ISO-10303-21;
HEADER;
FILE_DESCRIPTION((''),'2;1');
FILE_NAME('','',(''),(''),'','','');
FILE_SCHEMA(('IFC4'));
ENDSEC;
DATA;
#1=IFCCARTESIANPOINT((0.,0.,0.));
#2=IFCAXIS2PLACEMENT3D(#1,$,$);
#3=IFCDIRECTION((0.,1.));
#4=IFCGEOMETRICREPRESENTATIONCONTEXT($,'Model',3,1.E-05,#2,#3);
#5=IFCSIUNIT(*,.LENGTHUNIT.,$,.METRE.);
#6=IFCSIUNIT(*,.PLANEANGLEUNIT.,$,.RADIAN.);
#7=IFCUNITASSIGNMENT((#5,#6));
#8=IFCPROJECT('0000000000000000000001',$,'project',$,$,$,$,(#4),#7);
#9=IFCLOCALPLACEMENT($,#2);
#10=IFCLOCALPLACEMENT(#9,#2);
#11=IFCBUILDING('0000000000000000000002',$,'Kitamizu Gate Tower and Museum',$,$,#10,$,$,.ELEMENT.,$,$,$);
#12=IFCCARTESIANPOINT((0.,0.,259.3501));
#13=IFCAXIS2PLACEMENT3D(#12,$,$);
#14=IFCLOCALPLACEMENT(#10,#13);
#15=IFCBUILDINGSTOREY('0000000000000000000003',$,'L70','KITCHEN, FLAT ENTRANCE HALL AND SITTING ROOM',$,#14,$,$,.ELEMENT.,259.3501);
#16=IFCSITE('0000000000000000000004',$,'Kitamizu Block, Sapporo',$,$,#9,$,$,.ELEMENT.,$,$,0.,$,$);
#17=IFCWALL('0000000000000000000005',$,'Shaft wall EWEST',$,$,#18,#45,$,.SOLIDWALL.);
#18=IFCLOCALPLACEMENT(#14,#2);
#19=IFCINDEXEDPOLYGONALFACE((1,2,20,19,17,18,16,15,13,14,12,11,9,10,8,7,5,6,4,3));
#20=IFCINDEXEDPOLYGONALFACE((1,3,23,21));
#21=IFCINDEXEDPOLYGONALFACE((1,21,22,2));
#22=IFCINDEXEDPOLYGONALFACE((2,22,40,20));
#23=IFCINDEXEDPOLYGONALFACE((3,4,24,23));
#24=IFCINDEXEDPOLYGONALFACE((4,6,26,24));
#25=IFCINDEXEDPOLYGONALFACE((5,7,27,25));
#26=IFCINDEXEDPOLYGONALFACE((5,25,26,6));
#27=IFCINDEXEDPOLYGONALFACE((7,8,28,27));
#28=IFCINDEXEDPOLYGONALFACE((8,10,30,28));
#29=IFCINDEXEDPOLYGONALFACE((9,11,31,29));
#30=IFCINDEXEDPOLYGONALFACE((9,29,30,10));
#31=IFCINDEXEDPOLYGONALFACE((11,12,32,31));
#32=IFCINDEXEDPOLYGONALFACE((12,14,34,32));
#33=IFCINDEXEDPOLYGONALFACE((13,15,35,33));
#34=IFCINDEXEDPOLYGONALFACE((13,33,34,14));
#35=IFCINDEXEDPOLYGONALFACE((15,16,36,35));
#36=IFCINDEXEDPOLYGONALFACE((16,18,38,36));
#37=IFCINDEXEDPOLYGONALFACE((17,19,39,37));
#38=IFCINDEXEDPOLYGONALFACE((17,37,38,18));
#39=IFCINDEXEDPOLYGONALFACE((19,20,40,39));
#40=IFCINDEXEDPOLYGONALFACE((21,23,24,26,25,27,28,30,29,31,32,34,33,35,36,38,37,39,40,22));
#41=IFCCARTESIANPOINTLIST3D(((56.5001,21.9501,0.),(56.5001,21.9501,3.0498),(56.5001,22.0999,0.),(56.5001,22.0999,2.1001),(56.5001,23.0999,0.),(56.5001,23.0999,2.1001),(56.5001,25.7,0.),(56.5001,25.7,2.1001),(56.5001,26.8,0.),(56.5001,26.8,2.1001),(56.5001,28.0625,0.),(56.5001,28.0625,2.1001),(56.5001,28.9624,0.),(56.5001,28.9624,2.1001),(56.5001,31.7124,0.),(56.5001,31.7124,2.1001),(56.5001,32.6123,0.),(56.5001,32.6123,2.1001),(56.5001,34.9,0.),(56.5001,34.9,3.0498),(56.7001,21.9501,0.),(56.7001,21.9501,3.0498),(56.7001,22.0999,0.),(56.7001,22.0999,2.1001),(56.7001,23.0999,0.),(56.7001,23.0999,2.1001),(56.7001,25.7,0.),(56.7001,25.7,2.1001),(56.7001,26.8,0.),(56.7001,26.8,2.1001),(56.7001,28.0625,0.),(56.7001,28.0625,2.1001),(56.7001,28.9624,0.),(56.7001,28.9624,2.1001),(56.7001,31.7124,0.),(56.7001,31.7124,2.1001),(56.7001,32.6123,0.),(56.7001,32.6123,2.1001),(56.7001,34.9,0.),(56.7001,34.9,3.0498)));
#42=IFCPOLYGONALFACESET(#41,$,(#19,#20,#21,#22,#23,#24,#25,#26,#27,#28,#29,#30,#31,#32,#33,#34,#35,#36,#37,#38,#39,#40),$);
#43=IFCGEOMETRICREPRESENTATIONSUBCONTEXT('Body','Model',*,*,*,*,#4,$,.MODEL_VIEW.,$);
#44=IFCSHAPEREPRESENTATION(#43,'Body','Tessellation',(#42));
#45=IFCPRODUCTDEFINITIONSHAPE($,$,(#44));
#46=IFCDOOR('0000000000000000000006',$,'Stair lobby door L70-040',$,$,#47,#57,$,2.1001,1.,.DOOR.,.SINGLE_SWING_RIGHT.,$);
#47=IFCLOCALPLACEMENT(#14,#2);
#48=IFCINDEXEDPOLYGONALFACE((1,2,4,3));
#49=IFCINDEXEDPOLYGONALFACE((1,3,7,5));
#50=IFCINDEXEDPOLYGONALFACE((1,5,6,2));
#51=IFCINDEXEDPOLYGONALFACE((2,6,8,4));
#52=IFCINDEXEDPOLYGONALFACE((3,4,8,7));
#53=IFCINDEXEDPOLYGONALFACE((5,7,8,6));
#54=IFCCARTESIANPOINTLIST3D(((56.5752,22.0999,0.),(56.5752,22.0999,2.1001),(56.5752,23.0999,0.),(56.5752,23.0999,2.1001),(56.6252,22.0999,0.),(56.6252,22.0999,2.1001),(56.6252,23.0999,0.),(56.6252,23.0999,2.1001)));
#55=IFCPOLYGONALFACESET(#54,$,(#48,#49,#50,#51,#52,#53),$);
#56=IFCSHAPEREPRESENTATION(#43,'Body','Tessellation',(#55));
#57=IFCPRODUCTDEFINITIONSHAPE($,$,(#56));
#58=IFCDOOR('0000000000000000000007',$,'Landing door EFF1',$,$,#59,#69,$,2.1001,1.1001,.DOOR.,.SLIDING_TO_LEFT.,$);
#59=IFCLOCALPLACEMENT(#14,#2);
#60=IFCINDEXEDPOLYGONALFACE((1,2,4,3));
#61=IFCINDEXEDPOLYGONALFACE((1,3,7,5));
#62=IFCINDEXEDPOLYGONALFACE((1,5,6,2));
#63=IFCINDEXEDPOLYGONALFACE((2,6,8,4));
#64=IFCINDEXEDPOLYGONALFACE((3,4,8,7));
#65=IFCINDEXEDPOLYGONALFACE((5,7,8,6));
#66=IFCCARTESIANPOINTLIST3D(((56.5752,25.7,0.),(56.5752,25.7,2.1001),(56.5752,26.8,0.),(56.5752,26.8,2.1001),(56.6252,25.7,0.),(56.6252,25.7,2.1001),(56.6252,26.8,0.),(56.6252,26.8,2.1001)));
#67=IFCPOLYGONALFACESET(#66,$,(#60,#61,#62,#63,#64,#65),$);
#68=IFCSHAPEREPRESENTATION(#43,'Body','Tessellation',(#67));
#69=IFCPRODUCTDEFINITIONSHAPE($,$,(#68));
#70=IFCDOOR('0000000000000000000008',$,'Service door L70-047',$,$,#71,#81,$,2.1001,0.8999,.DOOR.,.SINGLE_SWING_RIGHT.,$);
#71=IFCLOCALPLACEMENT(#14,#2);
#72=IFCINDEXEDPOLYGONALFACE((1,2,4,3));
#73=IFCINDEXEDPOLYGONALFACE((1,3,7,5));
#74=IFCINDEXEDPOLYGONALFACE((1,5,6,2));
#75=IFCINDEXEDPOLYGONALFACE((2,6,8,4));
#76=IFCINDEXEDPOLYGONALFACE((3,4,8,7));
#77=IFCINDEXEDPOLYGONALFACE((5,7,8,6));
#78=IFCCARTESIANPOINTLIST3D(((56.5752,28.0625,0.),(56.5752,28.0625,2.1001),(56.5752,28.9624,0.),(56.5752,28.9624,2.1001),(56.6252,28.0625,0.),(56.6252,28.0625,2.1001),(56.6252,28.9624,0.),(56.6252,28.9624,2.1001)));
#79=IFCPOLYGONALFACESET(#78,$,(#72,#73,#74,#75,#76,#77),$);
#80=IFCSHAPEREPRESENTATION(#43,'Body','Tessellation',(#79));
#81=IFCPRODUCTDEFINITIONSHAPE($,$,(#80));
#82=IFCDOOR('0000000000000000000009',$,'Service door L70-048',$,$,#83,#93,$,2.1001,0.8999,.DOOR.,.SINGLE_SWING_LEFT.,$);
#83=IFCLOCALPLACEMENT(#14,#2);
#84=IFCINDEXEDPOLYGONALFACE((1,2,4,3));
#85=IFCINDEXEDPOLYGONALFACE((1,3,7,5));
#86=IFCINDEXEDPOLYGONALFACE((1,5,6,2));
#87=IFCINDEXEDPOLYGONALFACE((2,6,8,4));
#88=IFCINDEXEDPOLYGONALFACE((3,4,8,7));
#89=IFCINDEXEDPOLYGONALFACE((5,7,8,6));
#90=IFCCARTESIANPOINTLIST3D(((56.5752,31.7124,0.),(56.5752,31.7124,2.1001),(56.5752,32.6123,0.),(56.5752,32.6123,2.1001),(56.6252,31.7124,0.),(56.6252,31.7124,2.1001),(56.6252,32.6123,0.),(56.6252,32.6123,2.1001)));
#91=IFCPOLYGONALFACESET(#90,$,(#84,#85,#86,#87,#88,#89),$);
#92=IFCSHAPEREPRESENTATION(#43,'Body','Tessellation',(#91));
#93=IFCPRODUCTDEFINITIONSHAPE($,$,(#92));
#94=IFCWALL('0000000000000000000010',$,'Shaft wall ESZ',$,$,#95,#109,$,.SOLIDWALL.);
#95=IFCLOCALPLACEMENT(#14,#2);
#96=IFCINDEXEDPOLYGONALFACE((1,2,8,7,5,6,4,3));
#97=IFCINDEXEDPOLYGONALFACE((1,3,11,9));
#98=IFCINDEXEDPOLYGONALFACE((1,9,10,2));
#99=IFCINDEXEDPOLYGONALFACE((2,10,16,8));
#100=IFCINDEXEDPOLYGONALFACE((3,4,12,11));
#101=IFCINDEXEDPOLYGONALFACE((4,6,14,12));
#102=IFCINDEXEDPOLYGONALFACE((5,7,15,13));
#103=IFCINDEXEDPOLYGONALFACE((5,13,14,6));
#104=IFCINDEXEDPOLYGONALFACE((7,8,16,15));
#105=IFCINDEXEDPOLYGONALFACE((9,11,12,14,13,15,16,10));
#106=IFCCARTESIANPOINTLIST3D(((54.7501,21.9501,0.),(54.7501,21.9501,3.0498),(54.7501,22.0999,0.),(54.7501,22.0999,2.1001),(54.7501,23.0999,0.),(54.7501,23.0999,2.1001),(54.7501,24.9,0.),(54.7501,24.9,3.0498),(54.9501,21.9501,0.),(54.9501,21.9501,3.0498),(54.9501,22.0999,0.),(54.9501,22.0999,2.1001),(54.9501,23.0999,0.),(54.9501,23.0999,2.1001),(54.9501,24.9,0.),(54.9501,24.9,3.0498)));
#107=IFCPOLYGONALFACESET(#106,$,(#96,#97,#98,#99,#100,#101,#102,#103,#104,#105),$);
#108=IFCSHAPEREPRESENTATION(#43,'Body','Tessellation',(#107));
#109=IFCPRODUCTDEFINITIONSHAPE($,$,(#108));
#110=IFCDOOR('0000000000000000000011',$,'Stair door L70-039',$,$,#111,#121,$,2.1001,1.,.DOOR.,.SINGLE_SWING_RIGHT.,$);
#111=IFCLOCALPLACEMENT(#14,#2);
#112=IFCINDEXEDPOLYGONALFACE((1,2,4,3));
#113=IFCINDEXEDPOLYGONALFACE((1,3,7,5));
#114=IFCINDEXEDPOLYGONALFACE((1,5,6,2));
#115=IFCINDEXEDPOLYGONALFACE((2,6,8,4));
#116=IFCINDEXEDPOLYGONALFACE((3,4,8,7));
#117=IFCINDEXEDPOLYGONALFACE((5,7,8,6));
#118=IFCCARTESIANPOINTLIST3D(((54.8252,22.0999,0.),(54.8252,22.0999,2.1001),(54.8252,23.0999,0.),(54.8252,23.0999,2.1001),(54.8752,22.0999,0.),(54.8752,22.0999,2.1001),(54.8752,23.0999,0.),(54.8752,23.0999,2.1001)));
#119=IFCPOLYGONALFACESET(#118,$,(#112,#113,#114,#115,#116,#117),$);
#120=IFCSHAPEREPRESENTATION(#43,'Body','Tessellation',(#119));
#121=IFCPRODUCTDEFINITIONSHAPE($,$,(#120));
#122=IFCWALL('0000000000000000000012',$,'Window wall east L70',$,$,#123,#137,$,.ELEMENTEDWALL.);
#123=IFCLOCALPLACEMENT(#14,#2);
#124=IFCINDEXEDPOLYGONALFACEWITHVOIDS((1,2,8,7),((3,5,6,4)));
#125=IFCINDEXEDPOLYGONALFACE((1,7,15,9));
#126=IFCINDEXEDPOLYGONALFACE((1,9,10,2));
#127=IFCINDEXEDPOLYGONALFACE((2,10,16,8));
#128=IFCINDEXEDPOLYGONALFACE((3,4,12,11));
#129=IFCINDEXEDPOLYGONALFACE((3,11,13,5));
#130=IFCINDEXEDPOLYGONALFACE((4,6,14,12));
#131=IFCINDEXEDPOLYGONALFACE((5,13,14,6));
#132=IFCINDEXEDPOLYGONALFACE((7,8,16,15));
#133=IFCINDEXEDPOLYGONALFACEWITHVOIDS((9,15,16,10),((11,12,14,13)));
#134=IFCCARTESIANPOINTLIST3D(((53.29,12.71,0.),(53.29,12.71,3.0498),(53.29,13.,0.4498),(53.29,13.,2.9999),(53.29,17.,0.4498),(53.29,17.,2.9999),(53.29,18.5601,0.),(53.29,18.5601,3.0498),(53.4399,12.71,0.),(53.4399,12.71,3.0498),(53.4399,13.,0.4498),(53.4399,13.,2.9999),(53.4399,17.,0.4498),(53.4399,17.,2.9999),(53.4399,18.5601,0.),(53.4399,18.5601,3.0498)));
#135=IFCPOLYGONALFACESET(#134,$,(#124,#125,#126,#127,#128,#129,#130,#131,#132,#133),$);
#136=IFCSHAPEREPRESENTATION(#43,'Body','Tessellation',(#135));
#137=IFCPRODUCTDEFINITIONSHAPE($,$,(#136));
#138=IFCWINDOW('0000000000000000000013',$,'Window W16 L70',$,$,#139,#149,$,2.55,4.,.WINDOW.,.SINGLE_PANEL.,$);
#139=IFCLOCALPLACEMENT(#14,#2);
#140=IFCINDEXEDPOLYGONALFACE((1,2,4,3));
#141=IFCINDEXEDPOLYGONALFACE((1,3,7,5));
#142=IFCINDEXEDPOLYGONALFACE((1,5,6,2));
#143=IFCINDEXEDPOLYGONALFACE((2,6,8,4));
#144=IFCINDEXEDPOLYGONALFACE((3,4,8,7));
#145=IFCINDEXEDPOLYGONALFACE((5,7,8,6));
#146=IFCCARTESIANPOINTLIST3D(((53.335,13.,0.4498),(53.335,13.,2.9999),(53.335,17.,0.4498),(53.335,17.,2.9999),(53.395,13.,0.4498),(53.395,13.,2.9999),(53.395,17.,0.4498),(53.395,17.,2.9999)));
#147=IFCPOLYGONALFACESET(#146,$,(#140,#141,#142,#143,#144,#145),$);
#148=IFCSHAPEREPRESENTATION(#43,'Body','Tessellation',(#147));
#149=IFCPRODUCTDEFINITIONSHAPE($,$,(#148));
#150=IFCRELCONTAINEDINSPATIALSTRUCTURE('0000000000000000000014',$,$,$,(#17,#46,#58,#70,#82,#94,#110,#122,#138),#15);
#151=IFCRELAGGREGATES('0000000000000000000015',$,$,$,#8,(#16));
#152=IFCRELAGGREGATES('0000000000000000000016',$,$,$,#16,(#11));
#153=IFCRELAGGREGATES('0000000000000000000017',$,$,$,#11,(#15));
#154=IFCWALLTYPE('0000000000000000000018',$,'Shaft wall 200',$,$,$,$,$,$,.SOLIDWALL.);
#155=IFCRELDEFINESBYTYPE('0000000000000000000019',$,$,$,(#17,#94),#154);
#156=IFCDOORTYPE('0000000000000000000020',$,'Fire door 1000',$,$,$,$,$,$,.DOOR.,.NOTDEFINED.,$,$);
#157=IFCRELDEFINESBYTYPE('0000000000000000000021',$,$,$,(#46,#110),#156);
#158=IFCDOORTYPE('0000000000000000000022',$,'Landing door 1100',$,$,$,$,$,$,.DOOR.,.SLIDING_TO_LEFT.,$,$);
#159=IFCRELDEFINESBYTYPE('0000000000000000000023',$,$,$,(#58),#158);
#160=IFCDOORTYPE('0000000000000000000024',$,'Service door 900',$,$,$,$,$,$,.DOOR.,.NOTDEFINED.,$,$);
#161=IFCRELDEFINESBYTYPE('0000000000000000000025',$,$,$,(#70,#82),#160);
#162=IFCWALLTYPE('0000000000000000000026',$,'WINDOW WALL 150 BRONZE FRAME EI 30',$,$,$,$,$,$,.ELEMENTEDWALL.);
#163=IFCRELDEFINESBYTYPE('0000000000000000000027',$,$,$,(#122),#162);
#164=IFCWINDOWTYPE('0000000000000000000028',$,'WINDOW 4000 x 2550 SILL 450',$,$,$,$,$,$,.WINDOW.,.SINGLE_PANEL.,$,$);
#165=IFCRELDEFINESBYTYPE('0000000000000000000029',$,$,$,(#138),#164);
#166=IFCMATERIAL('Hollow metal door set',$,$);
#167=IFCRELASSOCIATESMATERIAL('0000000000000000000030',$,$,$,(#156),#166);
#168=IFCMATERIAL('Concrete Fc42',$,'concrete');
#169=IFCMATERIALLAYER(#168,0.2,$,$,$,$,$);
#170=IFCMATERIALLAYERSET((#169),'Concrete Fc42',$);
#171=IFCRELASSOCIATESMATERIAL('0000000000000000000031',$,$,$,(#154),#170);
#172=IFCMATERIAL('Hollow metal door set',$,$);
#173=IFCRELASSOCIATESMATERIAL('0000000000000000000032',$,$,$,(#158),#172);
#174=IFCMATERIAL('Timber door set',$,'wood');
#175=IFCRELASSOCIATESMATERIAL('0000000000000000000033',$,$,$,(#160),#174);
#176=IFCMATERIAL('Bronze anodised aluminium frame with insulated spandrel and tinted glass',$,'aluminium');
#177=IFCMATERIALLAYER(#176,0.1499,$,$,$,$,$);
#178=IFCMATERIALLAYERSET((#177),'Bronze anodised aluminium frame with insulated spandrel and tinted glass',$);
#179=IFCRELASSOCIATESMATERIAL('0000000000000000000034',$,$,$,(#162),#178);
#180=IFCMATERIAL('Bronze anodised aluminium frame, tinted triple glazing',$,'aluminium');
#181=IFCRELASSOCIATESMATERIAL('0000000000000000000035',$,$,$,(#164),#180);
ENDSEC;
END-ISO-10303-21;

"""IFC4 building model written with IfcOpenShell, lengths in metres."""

from ifc_helpers import new_model, si_unit, direction, frame, frame_2d, origin, place, context, subcontext, project, spatial, rectangle, extrude, material, layer, layer_set, type_object, element, fill, save


model = new_model("IFC4")

# Units and contexts
model_context = context("Model", 3, precision=1e-05, world=origin(), true_north=direction((0.0, 1.0)))
body_context = subcontext(model_context, "Body", "Model", "MODEL_VIEW")
ifc_project = project(units=[si_unit("LENGTHUNIT", "METRE"), si_unit("PLANEANGLEUNIT", "RADIAN")], contexts=[model_context])

# Site, building, storey
site_placement = place(None, origin())
site = spatial("IfcSite", under=ifc_project, at=site_placement, Name="Kitamizu Block, Sapporo", CompositionType="ELEMENT", RefElevation=0.0)
building_placement = place(site_placement, origin())
building = spatial("IfcBuilding", under=site, at=building_placement, Name="Kitamizu Gate Tower and Museum", CompositionType="ELEMENT")
storey_placement = place(building_placement, frame((0.0, 0.0, 259.3501)))
storey = spatial("IfcBuildingStorey", under=building, at=storey_placement, Name="L70", Description="KITCHEN, FLAT ENTRANCE HALL AND SITTING ROOM", CompositionType="ELEMENT", Elevation=259.3501)

# Shared definitions
ifc_material_1 = material(Name="Hollow metal door set")
door_type_1 = type_object("IfcDoorType", Name="Fire door 1000", OperationType="NOTDEFINED", PredefinedType="DOOR", material=ifc_material_1)

# Wall, openings, doors
ifc_material_2 = material(Name="Concrete Fc42", Category="concrete")
ifc_layer_1 = layer(ifc_material_2, 0.2)
ifc_layer_set_1 = layer_set([ifc_layer_1], Name="Concrete Fc42")
wall_type_1 = type_object("IfcWallType", Name="Shaft wall 200", PredefinedType="SOLIDWALL", material=ifc_layer_set_1)
wall_1_placement = place(storey_placement, frame((56.6001, 21.95, 0.0), z_axis=(0.0, 0.0, 1.0), x_axis=(0.0, 1.0, 0.0)))
wall_1 = element("IfcWall", 1, at=wall_1_placement, inside=storey, type_object=wall_type_1, Name="Shaft wall EWEST", PredefinedType="SOLIDWALL", context=body_context, shape_type="SweptSolid", body=[
    extrude(rectangle(XDim=12.95, YDim=0.2, at=frame_2d((6.4751, 0.0))), origin(), (0.0, 0.0, 1.0), 3.0498),
])
opening_1_placement = place(wall_1_placement, frame((3.75, 0.0, 0.0)))
opening_1 = element("IfcOpeningElement", 2, at=opening_1_placement, cuts=wall_1, PredefinedType="OPENING", context=body_context, shape_type="SweptSolid", body=[
    extrude(rectangle(XDim=1.1001, YDim=2.1001, at=frame_2d((0.55, 1.05))), frame((0.0, 0.1099, 0.0), z_axis=(0.0, -1.0, 0.0), x_axis=(1.0, 0.0, 0.0)), (0.0, 0.0, 1.0), 0.22),
])
opening_2_placement = place(wall_1_placement, frame((0.1499, 0.0, 0.0)))
opening_2 = element("IfcOpeningElement", 3, at=opening_2_placement, cuts=wall_1, PredefinedType="OPENING", context=body_context, shape_type="SweptSolid", body=[
    extrude(rectangle(XDim=1.0, YDim=2.1001, at=frame_2d((0.5, 1.05))), frame((0.0, 0.1099, 0.0), z_axis=(0.0, -1.0, 0.0), x_axis=(1.0, 0.0, 0.0)), (0.0, 0.0, 1.0), 0.22),
])
opening_3_placement = place(wall_1_placement, frame((6.1125, 0.0, 0.0)))
opening_3 = element("IfcOpeningElement", 4, at=opening_3_placement, cuts=wall_1, PredefinedType="OPENING", context=body_context, shape_type="SweptSolid", body=[
    extrude(rectangle(XDim=0.8999, YDim=2.1001, at=frame_2d((0.45, 1.05))), frame((0.0, 0.1099, 0.0), z_axis=(0.0, -1.0, 0.0), x_axis=(1.0, 0.0, 0.0)), (0.0, 0.0, 1.0), 0.22),
])
opening_4_placement = place(wall_1_placement, frame((9.7625, 0.0, 0.0)))
opening_4 = element("IfcOpeningElement", 5, at=opening_4_placement, cuts=wall_1, PredefinedType="OPENING", context=body_context, shape_type="SweptSolid", body=[
    extrude(rectangle(XDim=0.8999, YDim=2.1001, at=frame_2d((0.45, 1.05))), frame((0.0, 0.1099, 0.0), z_axis=(0.0, -1.0, 0.0), x_axis=(1.0, 0.0, 0.0)), (0.0, 0.0, 1.0), 0.22),
])
door_1_placement = place(opening_2_placement, origin())
door_1 = element("IfcDoor", 6, at=door_1_placement, inside=storey, type_object=door_type_1, Name="Stair lobby door L70-040", OperationType="SINGLE_SWING_RIGHT", OverallHeight=2.1001, OverallWidth=1.0, PredefinedType="DOOR", context=body_context, shape_type="SweptSolid", body=[
    extrude(rectangle(XDim=1.0, YDim=2.1001, at=frame_2d((0.5, 1.05))), frame((0.0, 0.0249, 0.0), z_axis=(0.0, -1.0, 0.0), x_axis=(1.0, 0.0, 0.0)), (0.0, 0.0, 1.0), 0.05),
])
fill(opening_2, door_1)
ifc_material_3 = material(Name="Hollow metal door set")
door_type_2 = type_object("IfcDoorType", Name="Landing door 1100", OperationType="SLIDING_TO_LEFT", PredefinedType="DOOR", material=ifc_material_3)
door_2_placement = place(opening_1_placement, origin())
door_2 = element("IfcDoor", 7, at=door_2_placement, inside=storey, type_object=door_type_2, Name="Landing door EFF1", OperationType="SLIDING_TO_LEFT", OverallHeight=2.1001, OverallWidth=1.1001, PredefinedType="DOOR", context=body_context, shape_type="SweptSolid", body=[
    extrude(rectangle(XDim=1.1001, YDim=2.1001, at=frame_2d((0.55, 1.05))), frame((0.0, 0.0249, 0.0), z_axis=(0.0, -1.0, 0.0), x_axis=(1.0, 0.0, 0.0)), (0.0, 0.0, 1.0), 0.05),
])
fill(opening_1, door_2)
ifc_material_4 = material(Name="Timber door set", Category="wood")
door_type_3 = type_object("IfcDoorType", Name="Service door 900", OperationType="NOTDEFINED", PredefinedType="DOOR", material=ifc_material_4)
door_3_placement = place(opening_3_placement, origin())
door_3 = element("IfcDoor", 8, at=door_3_placement, inside=storey, type_object=door_type_3, Name="Service door L70-047", OperationType="SINGLE_SWING_RIGHT", OverallHeight=2.1001, OverallWidth=0.8999, PredefinedType="DOOR", context=body_context, shape_type="SweptSolid", body=[
    extrude(rectangle(XDim=0.8999, YDim=2.1001, at=frame_2d((0.45, 1.05))), frame((0.0, 0.0249, 0.0), z_axis=(0.0, -1.0, 0.0), x_axis=(1.0, 0.0, 0.0)), (0.0, 0.0, 1.0), 0.05),
])
fill(opening_3, door_3)
door_4_placement = place(opening_4_placement, origin())
door_4 = element("IfcDoor", 9, at=door_4_placement, inside=storey, type_object=door_type_3, Name="Service door L70-048", OperationType="SINGLE_SWING_LEFT", OverallHeight=2.1001, OverallWidth=0.8999, PredefinedType="DOOR", context=body_context, shape_type="SweptSolid", body=[
    extrude(rectangle(XDim=0.8999, YDim=2.1001, at=frame_2d((0.45, 1.05))), frame((0.0, 0.0249, 0.0), z_axis=(0.0, -1.0, 0.0), x_axis=(1.0, 0.0, 0.0)), (0.0, 0.0, 1.0), 0.05),
])
fill(opening_4, door_4)

# Wall, opening, door
wall_2_placement = place(storey_placement, frame((54.8501, 21.95, 0.0), z_axis=(0.0, 0.0, 1.0), x_axis=(0.0, 1.0, 0.0)))
wall_2 = element("IfcWall", 10, at=wall_2_placement, inside=storey, type_object=wall_type_1, Name="Shaft wall ESZ", PredefinedType="SOLIDWALL", context=body_context, shape_type="SweptSolid", body=[
    extrude(rectangle(XDim=2.95, YDim=0.2, at=frame_2d((1.4751, 0.0))), origin(), (0.0, 0.0, 1.0), 3.0498),
])
opening_5_placement = place(wall_2_placement, frame((0.1499, 0.0, 0.0)))
opening_5 = element("IfcOpeningElement", 11, at=opening_5_placement, cuts=wall_2, PredefinedType="OPENING", context=body_context, shape_type="SweptSolid", body=[
    extrude(rectangle(XDim=1.0, YDim=2.1001, at=frame_2d((0.5, 1.05))), frame((0.0, 0.1099, 0.0), z_axis=(0.0, -1.0, 0.0), x_axis=(1.0, 0.0, 0.0)), (0.0, 0.0, 1.0), 0.22),
])
door_5_placement = place(opening_5_placement, origin())
door_5 = element("IfcDoor", 12, at=door_5_placement, inside=storey, type_object=door_type_1, Name="Stair door L70-039", OperationType="SINGLE_SWING_RIGHT", OverallHeight=2.1001, OverallWidth=1.0, PredefinedType="DOOR", context=body_context, shape_type="SweptSolid", body=[
    extrude(rectangle(XDim=1.0, YDim=2.1001, at=frame_2d((0.5, 1.05))), frame((0.0, 0.0249, 0.0), z_axis=(0.0, -1.0, 0.0), x_axis=(1.0, 0.0, 0.0)), (0.0, 0.0, 1.0), 0.05),
])
fill(opening_5, door_5)

# Wall, opening, window
ifc_material_5 = material(Name="Bronze anodised aluminium frame with insulated spandrel and tinted glass", Category="aluminium")
ifc_layer_2 = layer(ifc_material_5, 0.1499)
ifc_layer_set_2 = layer_set([ifc_layer_2], Name="Bronze anodised aluminium frame with insulated spandrel and tinted glass")
wall_type_2 = type_object("IfcWallType", Name="WINDOW WALL 150 BRONZE FRAME EI 30", PredefinedType="ELEMENTEDWALL", material=ifc_layer_set_2)
wall_3_placement = place(storey_placement, frame((53.365, 12.71, 0.0), z_axis=(0.0, 0.0, 1.0), x_axis=(0.0, 1.0, 0.0)))
wall_3 = element("IfcWall", 13, at=wall_3_placement, inside=storey, type_object=wall_type_2, Name="Window wall east L70", PredefinedType="ELEMENTEDWALL", context=body_context, shape_type="SweptSolid", body=[
    extrude(rectangle(XDim=5.8501, YDim=0.1499, at=frame_2d((2.925, 0.0))), origin(), (0.0, 0.0, 1.0), 3.0498),
])
opening_6_placement = place(wall_3_placement, frame((0.29, 0.0, 0.45)))
opening_6 = element("IfcOpeningElement", 14, at=opening_6_placement, cuts=wall_3, PredefinedType="OPENING", context=body_context, shape_type="SweptSolid", body=[
    extrude(rectangle(XDim=4.0, YDim=2.55, at=frame_2d((2.0, 1.2749))), frame((0.0, 0.085, 0.0), z_axis=(0.0, -1.0, 0.0), x_axis=(1.0, 0.0, 0.0)), (0.0, 0.0, 1.0), 0.1699),
])
ifc_material_6 = material(Name="Bronze anodised aluminium frame, tinted triple glazing", Category="aluminium")
window_type = type_object("IfcWindowType", Name="WINDOW 4000 x 2550 SILL 450", PartitioningType="SINGLE_PANEL", PredefinedType="WINDOW", material=ifc_material_6)
window_1_placement = place(opening_6_placement, origin())
window_1 = element("IfcWindow", 15, at=window_1_placement, inside=storey, type_object=window_type, Name="Window W16 L70", OverallHeight=2.55, OverallWidth=4.0, PartitioningType="SINGLE_PANEL", PredefinedType="WINDOW", context=body_context, shape_type="SweptSolid", body=[
    extrude(rectangle(XDim=4.0, YDim=2.55, at=frame_2d((2.0, 1.2749))), frame((0.0, 0.03, 0.0), z_axis=(0.0, -1.0, 0.0), x_axis=(1.0, 0.0, 0.0)), (0.0, 0.0, 1.0), 0.0601),
])
fill(opening_6, window_1)

save(model, "model.ifc")
